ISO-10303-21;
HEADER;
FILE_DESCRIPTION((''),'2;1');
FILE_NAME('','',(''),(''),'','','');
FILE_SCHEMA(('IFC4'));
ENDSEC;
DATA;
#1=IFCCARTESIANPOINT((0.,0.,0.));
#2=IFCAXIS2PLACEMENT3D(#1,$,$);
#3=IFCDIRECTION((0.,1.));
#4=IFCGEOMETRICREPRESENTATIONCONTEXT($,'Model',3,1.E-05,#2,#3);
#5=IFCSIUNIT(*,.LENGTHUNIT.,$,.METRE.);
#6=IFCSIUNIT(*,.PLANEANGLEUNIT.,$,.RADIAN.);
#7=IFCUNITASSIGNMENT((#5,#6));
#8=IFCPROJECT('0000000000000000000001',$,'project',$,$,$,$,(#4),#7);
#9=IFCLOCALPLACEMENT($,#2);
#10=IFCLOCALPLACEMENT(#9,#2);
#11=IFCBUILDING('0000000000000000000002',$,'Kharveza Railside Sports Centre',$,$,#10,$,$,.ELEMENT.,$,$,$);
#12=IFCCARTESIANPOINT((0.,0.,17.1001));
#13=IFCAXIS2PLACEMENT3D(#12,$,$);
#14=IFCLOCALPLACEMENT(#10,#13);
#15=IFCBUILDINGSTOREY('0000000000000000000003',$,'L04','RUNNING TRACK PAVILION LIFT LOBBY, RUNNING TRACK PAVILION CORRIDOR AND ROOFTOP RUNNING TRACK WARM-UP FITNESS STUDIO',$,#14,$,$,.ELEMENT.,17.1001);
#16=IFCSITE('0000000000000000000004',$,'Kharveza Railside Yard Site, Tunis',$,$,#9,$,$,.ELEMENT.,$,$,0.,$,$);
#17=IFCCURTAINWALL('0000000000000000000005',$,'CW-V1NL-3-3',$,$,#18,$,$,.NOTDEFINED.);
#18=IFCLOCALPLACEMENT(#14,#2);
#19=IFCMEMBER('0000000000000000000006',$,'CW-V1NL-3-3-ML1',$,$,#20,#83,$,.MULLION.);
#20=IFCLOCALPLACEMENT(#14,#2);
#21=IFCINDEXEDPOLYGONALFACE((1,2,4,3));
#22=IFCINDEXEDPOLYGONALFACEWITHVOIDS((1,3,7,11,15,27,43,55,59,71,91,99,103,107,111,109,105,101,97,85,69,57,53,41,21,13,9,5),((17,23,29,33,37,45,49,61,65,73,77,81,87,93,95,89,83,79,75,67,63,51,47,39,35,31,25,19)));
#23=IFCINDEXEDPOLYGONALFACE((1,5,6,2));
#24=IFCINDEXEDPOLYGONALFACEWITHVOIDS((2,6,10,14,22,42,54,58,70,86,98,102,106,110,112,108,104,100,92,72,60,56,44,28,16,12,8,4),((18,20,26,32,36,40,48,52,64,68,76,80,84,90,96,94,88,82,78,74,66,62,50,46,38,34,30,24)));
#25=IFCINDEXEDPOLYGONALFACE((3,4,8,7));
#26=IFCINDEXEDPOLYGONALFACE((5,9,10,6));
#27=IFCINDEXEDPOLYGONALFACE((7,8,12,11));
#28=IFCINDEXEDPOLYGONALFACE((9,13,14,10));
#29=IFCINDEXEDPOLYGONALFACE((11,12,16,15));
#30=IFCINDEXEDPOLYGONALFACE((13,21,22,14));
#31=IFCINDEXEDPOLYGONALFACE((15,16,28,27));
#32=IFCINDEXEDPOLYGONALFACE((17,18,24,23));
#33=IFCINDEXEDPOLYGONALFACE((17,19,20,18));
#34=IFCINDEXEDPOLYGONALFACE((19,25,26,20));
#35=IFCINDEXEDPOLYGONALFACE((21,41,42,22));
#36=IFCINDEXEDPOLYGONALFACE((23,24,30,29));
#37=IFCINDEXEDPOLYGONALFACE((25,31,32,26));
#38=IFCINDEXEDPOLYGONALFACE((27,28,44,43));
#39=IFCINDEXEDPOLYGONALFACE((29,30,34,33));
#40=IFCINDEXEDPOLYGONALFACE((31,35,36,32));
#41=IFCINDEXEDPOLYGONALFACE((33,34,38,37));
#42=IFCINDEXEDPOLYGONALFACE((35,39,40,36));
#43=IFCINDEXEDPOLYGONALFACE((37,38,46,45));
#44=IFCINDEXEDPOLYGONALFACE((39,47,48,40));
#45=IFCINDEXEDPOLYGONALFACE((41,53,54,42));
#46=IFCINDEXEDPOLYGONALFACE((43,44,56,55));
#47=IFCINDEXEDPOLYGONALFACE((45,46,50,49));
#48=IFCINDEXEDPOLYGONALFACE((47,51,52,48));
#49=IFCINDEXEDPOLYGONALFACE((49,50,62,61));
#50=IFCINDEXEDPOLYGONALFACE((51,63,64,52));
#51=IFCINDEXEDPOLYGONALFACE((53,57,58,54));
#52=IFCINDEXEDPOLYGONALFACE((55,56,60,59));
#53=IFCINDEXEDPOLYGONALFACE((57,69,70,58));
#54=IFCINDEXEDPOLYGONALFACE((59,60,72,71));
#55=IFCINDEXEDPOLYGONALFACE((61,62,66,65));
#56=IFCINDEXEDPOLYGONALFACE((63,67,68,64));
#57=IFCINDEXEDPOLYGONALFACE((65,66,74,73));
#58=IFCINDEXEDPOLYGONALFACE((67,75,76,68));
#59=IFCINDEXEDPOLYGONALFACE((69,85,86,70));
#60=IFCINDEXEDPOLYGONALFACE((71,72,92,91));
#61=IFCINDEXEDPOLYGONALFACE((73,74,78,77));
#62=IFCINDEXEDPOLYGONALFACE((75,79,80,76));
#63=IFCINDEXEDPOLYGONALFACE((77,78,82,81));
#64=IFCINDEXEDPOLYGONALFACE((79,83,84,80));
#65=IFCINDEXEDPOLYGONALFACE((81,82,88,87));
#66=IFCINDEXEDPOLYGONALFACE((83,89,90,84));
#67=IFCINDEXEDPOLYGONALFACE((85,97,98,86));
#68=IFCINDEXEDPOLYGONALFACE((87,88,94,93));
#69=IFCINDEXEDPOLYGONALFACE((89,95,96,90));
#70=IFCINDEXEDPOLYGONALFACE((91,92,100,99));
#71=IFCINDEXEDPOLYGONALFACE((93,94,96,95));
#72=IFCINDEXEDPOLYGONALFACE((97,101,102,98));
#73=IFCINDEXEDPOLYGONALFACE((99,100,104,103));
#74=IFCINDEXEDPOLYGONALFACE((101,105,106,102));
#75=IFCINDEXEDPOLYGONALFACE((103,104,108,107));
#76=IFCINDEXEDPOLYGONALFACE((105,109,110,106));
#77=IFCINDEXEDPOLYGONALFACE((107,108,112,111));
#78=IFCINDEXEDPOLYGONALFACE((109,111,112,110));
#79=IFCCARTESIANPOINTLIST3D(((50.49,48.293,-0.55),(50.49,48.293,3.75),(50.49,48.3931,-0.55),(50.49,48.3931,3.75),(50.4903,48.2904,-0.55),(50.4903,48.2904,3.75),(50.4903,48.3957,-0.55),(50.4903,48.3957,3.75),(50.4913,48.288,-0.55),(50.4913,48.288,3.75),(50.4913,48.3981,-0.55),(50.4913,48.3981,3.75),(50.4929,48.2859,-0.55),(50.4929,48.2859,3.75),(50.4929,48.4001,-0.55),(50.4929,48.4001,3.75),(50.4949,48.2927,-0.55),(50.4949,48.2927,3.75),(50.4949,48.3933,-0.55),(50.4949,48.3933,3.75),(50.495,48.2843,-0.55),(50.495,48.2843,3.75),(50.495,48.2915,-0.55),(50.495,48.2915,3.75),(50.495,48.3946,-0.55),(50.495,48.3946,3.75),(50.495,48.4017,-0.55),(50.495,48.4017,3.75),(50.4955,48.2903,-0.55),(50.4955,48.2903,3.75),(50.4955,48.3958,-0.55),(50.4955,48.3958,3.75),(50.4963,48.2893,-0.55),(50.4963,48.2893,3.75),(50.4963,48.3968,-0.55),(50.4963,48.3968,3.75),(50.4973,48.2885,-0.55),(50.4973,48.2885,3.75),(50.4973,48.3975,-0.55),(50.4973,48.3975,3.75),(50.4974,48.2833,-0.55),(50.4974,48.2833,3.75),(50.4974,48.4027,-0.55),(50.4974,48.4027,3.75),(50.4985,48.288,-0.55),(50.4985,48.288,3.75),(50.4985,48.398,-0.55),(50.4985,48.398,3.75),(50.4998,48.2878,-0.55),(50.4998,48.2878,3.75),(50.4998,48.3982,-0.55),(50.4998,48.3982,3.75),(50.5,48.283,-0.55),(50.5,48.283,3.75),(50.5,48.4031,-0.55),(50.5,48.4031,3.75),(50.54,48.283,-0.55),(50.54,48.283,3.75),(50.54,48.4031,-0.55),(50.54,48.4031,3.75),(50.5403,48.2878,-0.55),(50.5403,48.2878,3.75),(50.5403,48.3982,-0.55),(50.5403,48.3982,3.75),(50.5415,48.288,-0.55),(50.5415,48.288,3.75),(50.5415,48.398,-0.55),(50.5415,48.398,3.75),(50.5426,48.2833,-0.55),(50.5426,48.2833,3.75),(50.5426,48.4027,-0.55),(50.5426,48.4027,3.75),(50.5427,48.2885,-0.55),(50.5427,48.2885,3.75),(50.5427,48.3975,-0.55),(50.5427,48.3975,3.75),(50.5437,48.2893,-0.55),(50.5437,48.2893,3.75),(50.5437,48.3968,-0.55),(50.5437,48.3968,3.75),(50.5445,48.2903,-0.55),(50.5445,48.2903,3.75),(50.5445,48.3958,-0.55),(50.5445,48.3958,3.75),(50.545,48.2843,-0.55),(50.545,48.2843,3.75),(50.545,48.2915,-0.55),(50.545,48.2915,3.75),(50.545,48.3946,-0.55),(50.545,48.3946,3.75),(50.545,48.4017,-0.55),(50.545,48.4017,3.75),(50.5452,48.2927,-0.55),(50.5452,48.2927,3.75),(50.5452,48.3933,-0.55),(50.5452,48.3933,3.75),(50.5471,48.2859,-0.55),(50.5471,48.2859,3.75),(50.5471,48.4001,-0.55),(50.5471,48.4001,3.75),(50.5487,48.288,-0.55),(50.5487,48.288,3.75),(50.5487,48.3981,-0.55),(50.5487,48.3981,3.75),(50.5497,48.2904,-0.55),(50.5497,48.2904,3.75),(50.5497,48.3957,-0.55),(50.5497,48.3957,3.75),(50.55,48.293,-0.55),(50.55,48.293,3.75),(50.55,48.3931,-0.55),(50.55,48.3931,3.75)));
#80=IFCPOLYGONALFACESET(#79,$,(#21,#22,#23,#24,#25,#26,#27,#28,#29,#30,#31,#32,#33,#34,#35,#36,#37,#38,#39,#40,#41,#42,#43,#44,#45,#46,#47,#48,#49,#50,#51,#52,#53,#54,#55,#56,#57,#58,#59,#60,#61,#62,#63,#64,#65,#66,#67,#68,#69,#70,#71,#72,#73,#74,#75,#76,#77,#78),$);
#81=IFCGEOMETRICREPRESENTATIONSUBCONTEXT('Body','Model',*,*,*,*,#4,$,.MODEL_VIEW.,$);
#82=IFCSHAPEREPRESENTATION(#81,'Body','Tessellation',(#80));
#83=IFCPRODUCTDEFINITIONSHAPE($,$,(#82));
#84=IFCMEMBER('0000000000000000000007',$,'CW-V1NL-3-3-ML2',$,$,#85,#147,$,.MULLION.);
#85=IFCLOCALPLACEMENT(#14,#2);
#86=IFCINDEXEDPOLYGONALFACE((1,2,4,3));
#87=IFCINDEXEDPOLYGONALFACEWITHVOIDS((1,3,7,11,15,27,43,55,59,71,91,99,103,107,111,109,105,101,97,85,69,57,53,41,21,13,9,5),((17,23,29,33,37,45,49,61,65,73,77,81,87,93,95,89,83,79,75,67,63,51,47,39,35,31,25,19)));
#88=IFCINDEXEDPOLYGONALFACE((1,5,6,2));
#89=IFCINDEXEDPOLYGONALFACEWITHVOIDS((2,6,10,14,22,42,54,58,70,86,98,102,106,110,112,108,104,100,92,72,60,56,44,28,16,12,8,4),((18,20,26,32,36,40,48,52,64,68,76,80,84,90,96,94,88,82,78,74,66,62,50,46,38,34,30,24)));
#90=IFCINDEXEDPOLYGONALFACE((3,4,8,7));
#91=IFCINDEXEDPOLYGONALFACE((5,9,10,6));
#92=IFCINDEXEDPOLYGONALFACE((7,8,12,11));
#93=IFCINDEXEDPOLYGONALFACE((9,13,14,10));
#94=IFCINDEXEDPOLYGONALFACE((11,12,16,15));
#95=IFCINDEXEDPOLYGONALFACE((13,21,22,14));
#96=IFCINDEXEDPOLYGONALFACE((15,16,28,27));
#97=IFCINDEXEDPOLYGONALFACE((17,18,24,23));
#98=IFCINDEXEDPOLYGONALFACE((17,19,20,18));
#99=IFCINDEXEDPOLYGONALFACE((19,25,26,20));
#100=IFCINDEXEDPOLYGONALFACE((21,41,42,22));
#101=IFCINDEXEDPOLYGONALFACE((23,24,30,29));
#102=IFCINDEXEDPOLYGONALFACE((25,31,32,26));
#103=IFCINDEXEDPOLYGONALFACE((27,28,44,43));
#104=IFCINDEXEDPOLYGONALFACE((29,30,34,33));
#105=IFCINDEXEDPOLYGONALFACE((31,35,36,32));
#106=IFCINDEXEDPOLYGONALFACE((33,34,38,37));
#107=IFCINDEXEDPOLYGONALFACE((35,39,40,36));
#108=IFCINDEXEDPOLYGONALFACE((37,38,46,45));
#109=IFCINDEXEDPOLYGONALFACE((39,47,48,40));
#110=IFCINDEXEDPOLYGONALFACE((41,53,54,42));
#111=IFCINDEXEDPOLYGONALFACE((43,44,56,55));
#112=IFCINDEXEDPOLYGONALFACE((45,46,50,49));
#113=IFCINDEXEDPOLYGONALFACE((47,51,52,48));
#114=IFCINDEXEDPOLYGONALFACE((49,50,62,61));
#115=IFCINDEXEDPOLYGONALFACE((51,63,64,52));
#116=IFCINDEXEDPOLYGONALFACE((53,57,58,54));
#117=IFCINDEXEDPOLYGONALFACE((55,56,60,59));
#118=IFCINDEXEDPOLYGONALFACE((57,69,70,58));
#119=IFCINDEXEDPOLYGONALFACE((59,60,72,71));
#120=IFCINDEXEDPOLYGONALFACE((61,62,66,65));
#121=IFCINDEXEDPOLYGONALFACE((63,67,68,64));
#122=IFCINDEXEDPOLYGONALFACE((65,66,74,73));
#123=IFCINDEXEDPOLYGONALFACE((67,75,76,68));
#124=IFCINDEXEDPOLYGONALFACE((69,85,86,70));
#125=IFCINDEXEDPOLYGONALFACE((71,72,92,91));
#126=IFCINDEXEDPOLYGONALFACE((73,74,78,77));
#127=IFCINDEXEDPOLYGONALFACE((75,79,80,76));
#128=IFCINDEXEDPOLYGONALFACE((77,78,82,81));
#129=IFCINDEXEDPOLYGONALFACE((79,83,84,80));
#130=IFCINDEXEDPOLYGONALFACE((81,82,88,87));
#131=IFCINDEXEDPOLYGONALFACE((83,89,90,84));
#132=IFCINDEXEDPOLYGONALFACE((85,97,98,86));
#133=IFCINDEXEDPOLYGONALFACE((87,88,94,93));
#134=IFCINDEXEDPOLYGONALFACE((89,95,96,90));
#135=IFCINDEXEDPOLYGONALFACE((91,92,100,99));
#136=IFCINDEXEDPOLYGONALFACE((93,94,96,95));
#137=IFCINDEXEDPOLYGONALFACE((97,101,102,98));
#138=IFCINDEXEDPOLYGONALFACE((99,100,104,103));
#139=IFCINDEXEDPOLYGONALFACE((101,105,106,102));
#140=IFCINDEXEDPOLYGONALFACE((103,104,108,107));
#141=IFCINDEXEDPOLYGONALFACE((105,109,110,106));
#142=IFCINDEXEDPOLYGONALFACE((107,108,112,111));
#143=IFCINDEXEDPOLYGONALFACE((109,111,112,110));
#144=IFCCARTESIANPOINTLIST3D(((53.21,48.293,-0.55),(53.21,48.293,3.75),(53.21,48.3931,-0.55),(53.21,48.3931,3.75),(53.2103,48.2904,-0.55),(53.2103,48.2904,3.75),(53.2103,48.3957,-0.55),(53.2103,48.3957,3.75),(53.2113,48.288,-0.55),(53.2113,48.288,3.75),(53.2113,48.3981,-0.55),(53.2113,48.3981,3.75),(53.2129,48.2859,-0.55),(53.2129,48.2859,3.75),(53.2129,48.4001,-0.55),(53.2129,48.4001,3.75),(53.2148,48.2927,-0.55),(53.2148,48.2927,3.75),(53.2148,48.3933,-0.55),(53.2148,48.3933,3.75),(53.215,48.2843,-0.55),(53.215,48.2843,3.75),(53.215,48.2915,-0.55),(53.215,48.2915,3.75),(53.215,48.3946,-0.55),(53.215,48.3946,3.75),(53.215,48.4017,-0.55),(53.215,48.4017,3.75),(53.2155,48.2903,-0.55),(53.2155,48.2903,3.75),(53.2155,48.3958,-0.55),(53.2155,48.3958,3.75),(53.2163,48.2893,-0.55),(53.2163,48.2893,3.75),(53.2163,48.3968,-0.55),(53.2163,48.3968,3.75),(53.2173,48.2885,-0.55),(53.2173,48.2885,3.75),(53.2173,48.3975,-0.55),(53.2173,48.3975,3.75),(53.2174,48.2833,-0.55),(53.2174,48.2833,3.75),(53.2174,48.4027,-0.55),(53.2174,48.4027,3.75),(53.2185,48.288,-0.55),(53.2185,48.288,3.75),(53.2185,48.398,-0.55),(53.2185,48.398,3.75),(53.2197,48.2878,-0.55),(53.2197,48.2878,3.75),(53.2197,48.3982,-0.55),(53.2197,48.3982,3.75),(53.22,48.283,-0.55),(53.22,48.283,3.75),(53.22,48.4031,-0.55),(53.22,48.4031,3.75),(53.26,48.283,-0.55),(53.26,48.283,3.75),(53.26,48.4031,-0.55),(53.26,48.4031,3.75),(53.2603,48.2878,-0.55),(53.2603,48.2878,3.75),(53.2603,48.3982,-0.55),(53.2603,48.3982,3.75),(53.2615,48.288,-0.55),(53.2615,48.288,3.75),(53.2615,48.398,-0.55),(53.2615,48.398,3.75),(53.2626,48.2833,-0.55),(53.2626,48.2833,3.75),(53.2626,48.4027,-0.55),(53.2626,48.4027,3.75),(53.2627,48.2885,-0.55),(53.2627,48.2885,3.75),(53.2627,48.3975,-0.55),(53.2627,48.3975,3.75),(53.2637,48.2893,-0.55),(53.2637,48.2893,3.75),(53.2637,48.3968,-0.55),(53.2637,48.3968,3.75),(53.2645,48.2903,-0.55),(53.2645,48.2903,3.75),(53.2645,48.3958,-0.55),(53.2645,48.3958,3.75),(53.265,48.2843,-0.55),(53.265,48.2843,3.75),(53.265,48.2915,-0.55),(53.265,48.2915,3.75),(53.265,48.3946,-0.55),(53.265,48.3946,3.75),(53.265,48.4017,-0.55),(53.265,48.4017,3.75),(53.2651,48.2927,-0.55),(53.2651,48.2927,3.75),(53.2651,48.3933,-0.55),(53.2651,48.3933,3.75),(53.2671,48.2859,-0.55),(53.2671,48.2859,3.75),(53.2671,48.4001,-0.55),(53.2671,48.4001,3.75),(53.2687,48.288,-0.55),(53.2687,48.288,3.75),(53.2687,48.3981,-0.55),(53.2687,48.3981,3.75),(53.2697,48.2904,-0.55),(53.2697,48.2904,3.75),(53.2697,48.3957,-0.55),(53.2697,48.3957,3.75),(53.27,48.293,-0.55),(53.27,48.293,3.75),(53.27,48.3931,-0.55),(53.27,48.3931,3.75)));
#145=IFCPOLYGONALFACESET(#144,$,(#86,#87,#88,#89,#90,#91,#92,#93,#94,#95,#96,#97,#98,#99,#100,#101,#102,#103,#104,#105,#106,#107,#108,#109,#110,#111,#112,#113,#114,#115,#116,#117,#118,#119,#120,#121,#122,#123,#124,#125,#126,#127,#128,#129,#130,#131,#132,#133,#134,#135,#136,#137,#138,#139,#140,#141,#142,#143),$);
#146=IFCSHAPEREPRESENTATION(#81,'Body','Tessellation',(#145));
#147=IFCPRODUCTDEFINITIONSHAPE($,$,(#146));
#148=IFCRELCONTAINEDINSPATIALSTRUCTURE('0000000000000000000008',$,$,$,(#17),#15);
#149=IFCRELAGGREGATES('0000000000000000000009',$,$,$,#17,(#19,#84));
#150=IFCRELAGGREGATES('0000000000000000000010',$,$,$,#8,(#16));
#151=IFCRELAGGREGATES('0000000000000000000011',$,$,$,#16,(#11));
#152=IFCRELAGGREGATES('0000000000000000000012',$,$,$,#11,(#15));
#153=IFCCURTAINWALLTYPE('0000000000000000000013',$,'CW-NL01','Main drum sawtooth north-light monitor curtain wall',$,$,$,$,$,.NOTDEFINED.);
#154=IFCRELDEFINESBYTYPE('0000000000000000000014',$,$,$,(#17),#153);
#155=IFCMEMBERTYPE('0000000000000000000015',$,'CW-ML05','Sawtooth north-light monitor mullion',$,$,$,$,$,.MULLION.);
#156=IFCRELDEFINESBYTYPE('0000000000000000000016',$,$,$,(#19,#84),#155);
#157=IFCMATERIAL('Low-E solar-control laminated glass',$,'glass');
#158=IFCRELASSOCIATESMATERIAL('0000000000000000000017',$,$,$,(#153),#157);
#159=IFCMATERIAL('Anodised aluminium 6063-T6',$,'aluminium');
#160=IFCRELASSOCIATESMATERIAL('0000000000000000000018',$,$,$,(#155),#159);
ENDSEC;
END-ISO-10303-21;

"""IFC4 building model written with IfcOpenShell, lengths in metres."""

from ifc_helpers import new_model, si_unit, direction, frame, origin, origin_2d, place, context, subcontext, project, spatial, hollow_rectangle, extrude, material, material_profile, profile_set, type_object, element, aggregate, save


model = new_model("IFC4")

# Units and contexts
model_context = context("Model", 3, precision=1e-05, world=origin(), true_north=direction((0.0, 1.0)))
body_context = subcontext(model_context, "Body", "Model", "MODEL_VIEW")
ifc_project = project(units=[si_unit("LENGTHUNIT", "METRE"), si_unit("PLANEANGLEUNIT", "RADIAN")], contexts=[model_context])

# Site, building, storey
site_placement = place(None, origin())
site = spatial("IfcSite", under=ifc_project, at=site_placement, Name="Kharveza Railside Yard Site, Tunis", CompositionType="ELEMENT", RefElevation=0.0)
building_placement = place(site_placement, origin())
building = spatial("IfcBuilding", under=site, at=building_placement, Name="Kharveza Railside Sports Centre", CompositionType="ELEMENT")
storey_placement = place(building_placement, frame((0.0, 0.0, 17.1001)))
storey = spatial("IfcBuildingStorey", under=building, at=storey_placement, Name="L04", Description="RUNNING TRACK PAVILION LIFT LOBBY, RUNNING TRACK PAVILION CORRIDOR AND ROOFTOP RUNNING TRACK WARM-UP FITNESS STUDIO", CompositionType="ELEMENT", Elevation=17.1001)

# Curtain wall, members
ifc_material_1 = material(Name="Low-E solar-control laminated glass", Category="glass")
curtain_wall_type = type_object("IfcCurtainWallType", Name="CW-NL01", Description="Main drum sawtooth north-light monitor curtain wall", PredefinedType="NOTDEFINED", material=ifc_material_1)
curtain_wall_1_placement = place(storey_placement, origin())
curtain_wall_1 = element("IfcCurtainWall", 1, at=curtain_wall_1_placement, inside=storey, type_object=curtain_wall_type, Name="CW-V1NL-3-3", PredefinedType="NOTDEFINED")
ifc_material_2 = material(Name="Anodised aluminium 6063-T6", Category="aluminium")
ifc_material_profile_1 = material_profile(ifc_material_2, hollow_rectangle(XDim=0.0601, YDim=0.1201, WallThickness=0.0049, InnerFilletRadius=0.0049, OuterFilletRadius=0.01, at=origin_2d()), Name="RHS 60x120x5.0")
ifc_profile_set_1 = profile_set([ifc_material_profile_1], Name="Anodised aluminium 6063-T6")
member_type_1 = type_object("IfcMemberType", Name="CW-ML05", Description="Sawtooth north-light monitor mullion", PredefinedType="MULLION", material=ifc_profile_set_1)
member_1_placement = place(storey_placement, frame((50.52, 48.343, -0.55), z_axis=(0.0, 0.0, 1.0), x_axis=(1.0, 0.0, 0.0)))
member_1 = element("IfcMember", 2, at=member_1_placement, type_object=member_type_1, Name="CW-V1NL-3-3-ML1", PredefinedType="MULLION", context=body_context, shape_type="SweptSolid", body=[
    extrude(hollow_rectangle(XDim=0.0601, YDim=0.1201, WallThickness=0.0049, InnerFilletRadius=0.0049, OuterFilletRadius=0.01, at=origin_2d()), origin(), (0.0, 0.0, 1.0), 4.3),
])
member_2_placement = place(storey_placement, frame((53.24, 48.343, -0.55), z_axis=(0.0, 0.0, 1.0), x_axis=(1.0, 0.0, 0.0)))
member_2 = element("IfcMember", 3, at=member_2_placement, type_object=member_type_1, Name="CW-V1NL-3-3-ML2", PredefinedType="MULLION", context=body_context, shape_type="SweptSolid", body=[
    extrude(hollow_rectangle(XDim=0.0601, YDim=0.1201, WallThickness=0.0049, InnerFilletRadius=0.0049, OuterFilletRadius=0.01, at=origin_2d()), origin(), (0.0, 0.0, 1.0), 4.3),
])

aggregate(curtain_wall_1, [member_1, member_2])

save(model, "model.ifc")
